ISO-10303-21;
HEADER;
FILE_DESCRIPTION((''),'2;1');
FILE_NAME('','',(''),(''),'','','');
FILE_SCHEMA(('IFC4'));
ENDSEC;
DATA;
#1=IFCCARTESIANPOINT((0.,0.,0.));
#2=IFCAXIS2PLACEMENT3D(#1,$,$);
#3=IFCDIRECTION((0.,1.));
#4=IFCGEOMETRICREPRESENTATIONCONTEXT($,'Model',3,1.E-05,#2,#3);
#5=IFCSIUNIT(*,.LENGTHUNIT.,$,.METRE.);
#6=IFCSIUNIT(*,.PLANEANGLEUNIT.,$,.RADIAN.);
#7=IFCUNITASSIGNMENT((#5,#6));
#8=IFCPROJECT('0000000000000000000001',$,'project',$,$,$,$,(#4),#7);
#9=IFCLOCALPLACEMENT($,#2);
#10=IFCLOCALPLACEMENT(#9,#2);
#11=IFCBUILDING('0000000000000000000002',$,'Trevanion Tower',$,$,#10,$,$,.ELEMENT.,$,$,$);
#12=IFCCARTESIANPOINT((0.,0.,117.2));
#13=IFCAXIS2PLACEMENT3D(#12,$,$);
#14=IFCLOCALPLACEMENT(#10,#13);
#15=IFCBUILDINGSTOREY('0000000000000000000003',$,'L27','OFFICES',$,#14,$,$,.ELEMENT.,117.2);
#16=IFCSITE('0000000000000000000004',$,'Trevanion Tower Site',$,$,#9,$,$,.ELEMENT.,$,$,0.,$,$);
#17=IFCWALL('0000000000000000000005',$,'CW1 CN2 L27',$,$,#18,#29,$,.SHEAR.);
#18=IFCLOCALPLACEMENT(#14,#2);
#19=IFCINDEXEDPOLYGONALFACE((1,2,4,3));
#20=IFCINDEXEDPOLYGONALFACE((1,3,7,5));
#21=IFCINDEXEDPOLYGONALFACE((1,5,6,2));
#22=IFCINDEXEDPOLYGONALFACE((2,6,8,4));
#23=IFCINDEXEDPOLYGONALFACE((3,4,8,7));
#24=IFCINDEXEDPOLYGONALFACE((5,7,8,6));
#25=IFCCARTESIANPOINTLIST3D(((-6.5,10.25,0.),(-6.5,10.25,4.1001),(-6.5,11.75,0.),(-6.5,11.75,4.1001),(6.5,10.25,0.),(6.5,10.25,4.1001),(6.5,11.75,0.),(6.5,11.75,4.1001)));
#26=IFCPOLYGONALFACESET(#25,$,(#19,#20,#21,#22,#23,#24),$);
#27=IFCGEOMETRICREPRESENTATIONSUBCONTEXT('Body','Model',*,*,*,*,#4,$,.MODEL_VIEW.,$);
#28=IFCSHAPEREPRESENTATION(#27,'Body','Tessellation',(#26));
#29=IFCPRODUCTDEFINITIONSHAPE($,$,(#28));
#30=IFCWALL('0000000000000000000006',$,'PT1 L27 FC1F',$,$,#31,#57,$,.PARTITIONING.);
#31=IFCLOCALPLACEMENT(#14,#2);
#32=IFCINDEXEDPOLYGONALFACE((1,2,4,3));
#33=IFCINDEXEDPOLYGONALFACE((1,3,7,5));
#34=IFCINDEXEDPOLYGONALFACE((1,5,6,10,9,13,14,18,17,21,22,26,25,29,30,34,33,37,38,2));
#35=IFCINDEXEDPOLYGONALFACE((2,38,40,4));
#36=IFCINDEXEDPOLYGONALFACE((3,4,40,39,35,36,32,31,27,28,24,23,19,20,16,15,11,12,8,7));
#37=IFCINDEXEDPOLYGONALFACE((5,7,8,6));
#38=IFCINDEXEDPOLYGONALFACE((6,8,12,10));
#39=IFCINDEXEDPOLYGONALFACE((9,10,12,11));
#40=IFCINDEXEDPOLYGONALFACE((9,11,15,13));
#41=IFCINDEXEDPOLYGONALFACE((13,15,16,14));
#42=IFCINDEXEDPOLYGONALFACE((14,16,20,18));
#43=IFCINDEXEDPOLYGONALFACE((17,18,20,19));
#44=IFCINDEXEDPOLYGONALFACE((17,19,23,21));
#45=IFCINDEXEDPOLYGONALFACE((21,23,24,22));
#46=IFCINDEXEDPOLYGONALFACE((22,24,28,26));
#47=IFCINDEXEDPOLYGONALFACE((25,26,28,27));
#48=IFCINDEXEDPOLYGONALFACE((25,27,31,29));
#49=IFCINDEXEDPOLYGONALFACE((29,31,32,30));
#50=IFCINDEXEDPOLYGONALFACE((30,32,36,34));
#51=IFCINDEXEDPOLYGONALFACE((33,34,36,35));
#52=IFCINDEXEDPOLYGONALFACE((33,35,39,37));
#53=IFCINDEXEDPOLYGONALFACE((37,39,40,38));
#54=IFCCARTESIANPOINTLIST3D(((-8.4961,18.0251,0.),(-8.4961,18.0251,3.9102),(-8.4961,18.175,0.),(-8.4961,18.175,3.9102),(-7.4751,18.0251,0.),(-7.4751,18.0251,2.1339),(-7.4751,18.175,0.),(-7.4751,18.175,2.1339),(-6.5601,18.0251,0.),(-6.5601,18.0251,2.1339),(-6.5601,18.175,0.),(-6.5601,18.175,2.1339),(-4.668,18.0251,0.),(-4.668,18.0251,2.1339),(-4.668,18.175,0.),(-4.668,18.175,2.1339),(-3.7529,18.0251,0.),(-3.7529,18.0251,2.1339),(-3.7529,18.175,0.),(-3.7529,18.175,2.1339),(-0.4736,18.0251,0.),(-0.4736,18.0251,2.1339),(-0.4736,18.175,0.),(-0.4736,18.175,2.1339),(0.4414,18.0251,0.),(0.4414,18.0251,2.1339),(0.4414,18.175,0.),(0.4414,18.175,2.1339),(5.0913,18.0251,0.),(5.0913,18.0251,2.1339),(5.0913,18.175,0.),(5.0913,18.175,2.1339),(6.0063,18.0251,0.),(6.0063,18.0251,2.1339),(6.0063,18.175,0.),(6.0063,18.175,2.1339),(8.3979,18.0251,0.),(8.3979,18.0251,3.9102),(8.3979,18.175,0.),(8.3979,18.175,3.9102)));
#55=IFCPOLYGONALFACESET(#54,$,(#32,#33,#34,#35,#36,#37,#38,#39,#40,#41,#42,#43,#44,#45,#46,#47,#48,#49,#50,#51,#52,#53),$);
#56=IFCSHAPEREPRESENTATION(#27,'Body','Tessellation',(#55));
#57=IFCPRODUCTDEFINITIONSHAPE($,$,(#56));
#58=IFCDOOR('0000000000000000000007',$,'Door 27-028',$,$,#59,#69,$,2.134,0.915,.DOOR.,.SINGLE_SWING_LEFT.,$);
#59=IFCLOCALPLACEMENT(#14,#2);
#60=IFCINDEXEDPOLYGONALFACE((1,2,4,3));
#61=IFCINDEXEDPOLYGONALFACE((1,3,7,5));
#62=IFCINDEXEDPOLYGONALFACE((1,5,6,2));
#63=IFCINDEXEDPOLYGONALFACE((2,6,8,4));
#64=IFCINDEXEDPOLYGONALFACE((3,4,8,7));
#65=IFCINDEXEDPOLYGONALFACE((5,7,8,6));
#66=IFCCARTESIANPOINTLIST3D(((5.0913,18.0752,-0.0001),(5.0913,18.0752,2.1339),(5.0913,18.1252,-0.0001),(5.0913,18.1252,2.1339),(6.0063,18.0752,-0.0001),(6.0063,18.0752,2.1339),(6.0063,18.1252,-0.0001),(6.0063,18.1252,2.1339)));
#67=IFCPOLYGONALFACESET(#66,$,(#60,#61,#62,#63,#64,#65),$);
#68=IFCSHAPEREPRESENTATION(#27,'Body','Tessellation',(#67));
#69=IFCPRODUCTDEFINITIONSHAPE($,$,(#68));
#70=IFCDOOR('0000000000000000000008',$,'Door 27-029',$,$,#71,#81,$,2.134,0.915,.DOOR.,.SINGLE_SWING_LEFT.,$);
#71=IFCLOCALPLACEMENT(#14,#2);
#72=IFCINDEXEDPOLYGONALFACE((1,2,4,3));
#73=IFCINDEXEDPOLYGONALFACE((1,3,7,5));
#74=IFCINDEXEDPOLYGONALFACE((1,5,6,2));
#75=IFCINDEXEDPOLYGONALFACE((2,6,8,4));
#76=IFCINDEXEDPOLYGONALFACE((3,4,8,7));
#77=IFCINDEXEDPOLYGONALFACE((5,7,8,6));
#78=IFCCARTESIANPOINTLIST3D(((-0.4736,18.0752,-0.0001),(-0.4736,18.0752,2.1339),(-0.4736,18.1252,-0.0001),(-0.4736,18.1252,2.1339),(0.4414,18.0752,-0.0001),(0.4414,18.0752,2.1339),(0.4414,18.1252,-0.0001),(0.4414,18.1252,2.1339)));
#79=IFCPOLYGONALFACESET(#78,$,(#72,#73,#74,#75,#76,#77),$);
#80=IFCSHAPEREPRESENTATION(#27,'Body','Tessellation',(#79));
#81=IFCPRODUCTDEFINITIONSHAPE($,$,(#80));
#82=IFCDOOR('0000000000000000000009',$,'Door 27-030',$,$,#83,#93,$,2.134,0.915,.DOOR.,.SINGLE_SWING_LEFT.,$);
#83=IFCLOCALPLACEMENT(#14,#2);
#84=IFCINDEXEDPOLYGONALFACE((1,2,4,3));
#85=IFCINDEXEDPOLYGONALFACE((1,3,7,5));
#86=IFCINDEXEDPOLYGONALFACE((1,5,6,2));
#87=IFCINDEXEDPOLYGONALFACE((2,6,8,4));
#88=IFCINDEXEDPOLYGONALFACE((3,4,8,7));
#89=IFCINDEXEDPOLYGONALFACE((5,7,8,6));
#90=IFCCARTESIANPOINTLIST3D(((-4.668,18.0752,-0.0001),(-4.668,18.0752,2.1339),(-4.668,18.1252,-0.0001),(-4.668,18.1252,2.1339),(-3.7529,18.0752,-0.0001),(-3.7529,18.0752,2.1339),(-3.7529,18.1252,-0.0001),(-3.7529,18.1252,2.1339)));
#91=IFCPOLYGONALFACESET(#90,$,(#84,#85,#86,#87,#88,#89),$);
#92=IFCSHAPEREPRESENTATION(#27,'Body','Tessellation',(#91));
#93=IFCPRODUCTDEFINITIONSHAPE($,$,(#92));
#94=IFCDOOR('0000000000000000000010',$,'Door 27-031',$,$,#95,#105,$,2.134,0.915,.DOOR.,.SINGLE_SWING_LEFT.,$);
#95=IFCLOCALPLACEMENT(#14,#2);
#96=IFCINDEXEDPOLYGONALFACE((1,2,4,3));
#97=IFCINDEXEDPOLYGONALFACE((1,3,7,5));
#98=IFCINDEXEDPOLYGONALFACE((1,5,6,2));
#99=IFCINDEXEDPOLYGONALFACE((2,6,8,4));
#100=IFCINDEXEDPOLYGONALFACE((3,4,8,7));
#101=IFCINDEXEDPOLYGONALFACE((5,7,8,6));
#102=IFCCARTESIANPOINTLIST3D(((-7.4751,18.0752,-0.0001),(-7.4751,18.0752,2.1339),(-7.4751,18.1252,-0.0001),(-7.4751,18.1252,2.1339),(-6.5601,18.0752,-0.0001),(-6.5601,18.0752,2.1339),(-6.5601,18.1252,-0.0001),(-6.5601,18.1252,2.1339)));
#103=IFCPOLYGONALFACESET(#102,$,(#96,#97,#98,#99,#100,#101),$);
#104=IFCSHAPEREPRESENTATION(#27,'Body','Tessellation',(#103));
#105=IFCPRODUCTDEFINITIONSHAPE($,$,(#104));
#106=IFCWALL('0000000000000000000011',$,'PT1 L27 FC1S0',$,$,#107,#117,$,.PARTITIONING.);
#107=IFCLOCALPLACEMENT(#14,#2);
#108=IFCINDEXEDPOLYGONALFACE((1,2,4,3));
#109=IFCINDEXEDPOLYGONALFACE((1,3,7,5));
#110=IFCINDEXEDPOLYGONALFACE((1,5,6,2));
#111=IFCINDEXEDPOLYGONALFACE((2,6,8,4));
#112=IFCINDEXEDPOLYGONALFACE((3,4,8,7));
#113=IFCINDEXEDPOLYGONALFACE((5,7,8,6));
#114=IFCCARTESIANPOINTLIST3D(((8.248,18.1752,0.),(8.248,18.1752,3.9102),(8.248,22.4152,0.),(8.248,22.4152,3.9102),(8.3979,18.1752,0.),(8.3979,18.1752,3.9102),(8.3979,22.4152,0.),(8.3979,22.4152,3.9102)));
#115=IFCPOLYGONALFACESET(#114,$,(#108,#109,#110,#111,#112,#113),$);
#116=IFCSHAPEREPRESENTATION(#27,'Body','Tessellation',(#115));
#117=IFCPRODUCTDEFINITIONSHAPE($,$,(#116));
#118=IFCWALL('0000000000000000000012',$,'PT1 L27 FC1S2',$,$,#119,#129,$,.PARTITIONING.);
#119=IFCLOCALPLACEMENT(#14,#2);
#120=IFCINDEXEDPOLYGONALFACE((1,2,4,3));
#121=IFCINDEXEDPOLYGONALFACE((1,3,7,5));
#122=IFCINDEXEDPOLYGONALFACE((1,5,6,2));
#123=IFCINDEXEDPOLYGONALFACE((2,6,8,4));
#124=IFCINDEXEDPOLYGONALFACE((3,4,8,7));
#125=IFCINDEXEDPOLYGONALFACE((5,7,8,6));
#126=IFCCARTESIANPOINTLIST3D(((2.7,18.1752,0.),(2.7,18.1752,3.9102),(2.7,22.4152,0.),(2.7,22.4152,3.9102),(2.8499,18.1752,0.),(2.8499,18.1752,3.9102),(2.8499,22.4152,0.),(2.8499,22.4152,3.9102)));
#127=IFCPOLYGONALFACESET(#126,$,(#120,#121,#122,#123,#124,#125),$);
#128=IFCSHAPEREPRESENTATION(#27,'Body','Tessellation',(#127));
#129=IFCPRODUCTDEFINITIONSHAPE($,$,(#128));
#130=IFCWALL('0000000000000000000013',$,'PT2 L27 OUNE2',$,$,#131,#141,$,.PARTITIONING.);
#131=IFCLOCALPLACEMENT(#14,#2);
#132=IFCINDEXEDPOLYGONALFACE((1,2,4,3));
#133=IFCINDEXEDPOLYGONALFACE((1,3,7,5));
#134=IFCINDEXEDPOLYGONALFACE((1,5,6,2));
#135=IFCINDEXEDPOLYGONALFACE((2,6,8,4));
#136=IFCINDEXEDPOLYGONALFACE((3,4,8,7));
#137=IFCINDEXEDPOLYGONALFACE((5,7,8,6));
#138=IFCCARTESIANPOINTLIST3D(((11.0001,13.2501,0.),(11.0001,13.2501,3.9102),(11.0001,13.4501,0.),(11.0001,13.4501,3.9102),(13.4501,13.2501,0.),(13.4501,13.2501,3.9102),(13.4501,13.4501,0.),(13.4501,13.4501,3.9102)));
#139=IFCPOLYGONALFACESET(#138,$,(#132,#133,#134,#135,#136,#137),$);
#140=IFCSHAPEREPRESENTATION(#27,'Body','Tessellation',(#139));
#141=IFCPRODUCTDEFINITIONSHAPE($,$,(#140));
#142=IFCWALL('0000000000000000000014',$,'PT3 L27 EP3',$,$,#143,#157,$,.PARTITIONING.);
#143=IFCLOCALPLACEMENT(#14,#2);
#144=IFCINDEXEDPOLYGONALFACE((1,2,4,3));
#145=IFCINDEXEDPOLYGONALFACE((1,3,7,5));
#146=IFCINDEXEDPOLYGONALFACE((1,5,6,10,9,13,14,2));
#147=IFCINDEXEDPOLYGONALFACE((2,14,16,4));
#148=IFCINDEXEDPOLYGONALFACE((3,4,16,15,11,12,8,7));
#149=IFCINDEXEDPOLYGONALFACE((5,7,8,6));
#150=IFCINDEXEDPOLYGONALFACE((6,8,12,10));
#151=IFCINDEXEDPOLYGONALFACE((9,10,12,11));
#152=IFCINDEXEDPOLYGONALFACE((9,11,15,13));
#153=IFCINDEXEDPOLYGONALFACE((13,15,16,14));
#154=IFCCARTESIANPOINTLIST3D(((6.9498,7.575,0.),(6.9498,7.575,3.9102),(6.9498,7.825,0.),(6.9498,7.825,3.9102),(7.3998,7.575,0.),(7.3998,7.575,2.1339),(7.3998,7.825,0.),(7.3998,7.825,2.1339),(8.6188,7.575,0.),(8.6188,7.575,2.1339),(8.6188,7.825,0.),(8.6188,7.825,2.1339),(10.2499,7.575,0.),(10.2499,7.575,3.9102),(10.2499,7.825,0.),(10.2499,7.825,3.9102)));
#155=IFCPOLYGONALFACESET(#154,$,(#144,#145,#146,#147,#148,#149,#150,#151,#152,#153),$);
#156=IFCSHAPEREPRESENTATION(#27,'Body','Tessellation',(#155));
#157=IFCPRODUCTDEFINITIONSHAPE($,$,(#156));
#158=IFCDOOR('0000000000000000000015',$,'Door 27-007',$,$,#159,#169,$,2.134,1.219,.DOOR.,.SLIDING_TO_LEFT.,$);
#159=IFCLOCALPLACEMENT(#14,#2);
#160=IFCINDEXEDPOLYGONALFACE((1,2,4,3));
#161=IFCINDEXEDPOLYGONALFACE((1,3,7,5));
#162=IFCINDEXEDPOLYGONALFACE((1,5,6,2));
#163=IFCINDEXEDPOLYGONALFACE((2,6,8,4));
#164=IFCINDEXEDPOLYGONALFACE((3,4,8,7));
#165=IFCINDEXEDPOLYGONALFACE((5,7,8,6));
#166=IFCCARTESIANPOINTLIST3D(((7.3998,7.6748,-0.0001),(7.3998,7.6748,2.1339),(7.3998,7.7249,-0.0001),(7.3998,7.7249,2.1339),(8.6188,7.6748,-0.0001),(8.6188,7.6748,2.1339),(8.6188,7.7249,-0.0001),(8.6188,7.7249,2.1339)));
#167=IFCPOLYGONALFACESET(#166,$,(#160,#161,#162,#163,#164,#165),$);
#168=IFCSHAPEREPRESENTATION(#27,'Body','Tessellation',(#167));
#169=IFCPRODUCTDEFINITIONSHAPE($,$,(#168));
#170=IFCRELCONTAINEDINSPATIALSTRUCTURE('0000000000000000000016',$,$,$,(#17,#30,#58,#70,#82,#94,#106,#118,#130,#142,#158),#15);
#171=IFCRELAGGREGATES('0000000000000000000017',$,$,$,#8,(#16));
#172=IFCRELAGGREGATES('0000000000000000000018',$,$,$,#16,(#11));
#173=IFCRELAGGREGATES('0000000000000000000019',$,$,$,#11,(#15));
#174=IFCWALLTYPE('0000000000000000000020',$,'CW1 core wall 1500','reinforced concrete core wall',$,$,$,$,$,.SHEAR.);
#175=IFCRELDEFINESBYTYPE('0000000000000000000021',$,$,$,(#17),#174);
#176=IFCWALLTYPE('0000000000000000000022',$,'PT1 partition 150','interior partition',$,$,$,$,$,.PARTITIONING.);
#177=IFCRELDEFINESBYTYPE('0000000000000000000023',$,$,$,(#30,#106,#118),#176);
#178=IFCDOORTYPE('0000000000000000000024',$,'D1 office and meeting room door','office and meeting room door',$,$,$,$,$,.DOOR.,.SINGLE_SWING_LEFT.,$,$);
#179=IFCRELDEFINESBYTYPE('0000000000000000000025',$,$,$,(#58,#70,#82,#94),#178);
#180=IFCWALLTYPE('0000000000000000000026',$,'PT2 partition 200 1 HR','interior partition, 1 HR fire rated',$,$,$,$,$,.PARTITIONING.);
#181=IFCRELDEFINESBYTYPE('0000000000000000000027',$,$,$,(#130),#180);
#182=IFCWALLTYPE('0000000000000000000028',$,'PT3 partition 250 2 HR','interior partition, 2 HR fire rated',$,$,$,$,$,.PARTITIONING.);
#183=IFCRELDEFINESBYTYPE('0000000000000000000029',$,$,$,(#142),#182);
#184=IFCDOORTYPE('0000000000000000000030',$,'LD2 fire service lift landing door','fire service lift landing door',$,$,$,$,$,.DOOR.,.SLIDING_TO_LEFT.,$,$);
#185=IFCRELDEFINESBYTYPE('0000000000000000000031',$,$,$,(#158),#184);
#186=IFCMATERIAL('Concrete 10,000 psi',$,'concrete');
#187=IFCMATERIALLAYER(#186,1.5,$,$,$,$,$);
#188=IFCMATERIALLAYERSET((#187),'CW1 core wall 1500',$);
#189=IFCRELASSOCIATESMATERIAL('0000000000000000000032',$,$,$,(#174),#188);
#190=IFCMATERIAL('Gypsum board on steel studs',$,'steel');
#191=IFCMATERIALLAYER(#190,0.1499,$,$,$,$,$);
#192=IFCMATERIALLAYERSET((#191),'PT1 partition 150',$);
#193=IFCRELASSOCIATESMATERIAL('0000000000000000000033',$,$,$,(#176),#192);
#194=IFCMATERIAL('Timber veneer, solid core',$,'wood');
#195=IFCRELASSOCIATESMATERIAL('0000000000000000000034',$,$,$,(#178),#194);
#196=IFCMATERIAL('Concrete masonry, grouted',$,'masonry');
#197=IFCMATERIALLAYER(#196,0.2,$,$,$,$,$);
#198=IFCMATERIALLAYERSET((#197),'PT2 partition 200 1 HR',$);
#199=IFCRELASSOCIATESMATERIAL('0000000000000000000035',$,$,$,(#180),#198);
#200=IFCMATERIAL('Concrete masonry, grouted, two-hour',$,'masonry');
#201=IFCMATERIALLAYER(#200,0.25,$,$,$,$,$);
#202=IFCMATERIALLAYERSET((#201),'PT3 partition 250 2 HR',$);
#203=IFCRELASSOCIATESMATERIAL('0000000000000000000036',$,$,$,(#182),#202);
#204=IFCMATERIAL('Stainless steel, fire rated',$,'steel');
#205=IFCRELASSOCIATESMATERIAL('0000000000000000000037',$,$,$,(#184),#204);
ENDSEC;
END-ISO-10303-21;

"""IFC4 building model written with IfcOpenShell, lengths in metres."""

from ifc_helpers import new_model, si_unit, direction, frame, frame_2d, origin, place, context, subcontext, project, spatial, rectangle, extrude, material, layer, layer_set, type_object, element, fill, save


model = new_model("IFC4")

# Units and contexts
model_context = context("Model", 3, precision=1e-05, world=origin(), true_north=direction((0.0, 1.0)))
body_context = subcontext(model_context, "Body", "Model", "MODEL_VIEW")
ifc_project = project(units=[si_unit("LENGTHUNIT", "METRE"), si_unit("PLANEANGLEUNIT", "RADIAN")], contexts=[model_context])

# Site, building, storey
site_placement = place(None, origin())
site = spatial("IfcSite", under=ifc_project, at=site_placement, Name="Trevanion Tower Site", CompositionType="ELEMENT", RefElevation=0.0)
building_placement = place(site_placement, origin())
building = spatial("IfcBuilding", under=site, at=building_placement, Name="Trevanion Tower", CompositionType="ELEMENT")
storey_placement = place(building_placement, frame((0.0, 0.0, 117.2)))
storey = spatial("IfcBuildingStorey", under=building, at=storey_placement, Name="L27", Description="OFFICES", CompositionType="ELEMENT", Elevation=117.2)

# Wall
ifc_material_1 = material(Name="Concrete 10,000 psi", Category="concrete")
ifc_layer_1 = layer(ifc_material_1, 1.5)
ifc_layer_set_1 = layer_set([ifc_layer_1], Name="CW1 core wall 1500")
wall_type_1 = type_object("IfcWallType", Name="CW1 core wall 1500", Description="reinforced concrete core wall", PredefinedType="SHEAR", material=ifc_layer_set_1)
wall_1_placement = place(storey_placement, frame((6.5, 11.0, 0.0), z_axis=(0.0, 0.0, 1.0), x_axis=(-1.0, 0.0, 0.0)))
element("IfcWall", 1, at=wall_1_placement, inside=storey, type_object=wall_type_1, Name="CW1 CN2 L27", PredefinedType="SHEAR", context=body_context, shape_type="SweptSolid", body=[
    extrude(rectangle(XDim=13.0, YDim=1.5, at=frame_2d((6.5, 0.0))), origin(), (0.0, 0.0, 1.0), 4.1001),
])

# Wall, openings, doors
ifc_material_2 = material(Name="Gypsum board on steel studs", Category="steel")
ifc_layer_2 = layer(ifc_material_2, 0.1499)
ifc_layer_set_2 = layer_set([ifc_layer_2], Name="PT1 partition 150")
wall_type_2 = type_object("IfcWallType", Name="PT1 partition 150", Description="interior partition", PredefinedType="PARTITIONING", material=ifc_layer_set_2)
wall_2_placement = place(storey_placement, frame((8.3979, 18.1001, 0.0), z_axis=(0.0, 0.0, 1.0), x_axis=(-1.0, 0.0, 0.0)))
wall_2 = element("IfcWall", 2, at=wall_2_placement, inside=storey, type_object=wall_type_2, Name="PT1 L27 FC1F", PredefinedType="PARTITIONING", context=body_context, shape_type="SweptSolid", body=[
    extrude(rectangle(XDim=16.894, YDim=0.1499, at=frame_2d((8.447, 0.0))), origin(), (0.0, 0.0, 1.0), 3.9102),
])
opening_1_placement = place(wall_2_placement, frame((2.3916, 0.0, 0.0)))
opening_1 = element("IfcOpeningElement", 3, at=opening_1_placement, cuts=wall_2, PredefinedType="OPENING", context=body_context, shape_type="SweptSolid", body=[
    extrude(rectangle(XDim=0.915, YDim=2.134, at=frame_2d((0.4575, 1.0669))), frame((0.0, 0.085, 0.0), z_axis=(0.0, -1.0, 0.0), x_axis=(1.0, 0.0, 0.0)), (0.0, 0.0, 1.0), 0.1699),
])
opening_2_placement = place(wall_2_placement, frame((7.9565, 0.0, 0.0)))
opening_2 = element("IfcOpeningElement", 4, at=opening_2_placement, cuts=wall_2, PredefinedType="OPENING", context=body_context, shape_type="SweptSolid", body=[
    extrude(rectangle(XDim=0.915, YDim=2.134, at=frame_2d((0.4575, 1.0669))), frame((0.0, 0.085, 0.0), z_axis=(0.0, -1.0, 0.0), x_axis=(1.0, 0.0, 0.0)), (0.0, 0.0, 1.0), 0.1699),
])
opening_3_placement = place(wall_2_placement, frame((12.1509, 0.0, 0.0)))
opening_3 = element("IfcOpeningElement", 5, at=opening_3_placement, cuts=wall_2, PredefinedType="OPENING", context=body_context, shape_type="SweptSolid", body=[
    extrude(rectangle(XDim=0.915, YDim=2.134, at=frame_2d((0.4575, 1.0669))), frame((0.0, 0.085, 0.0), z_axis=(0.0, -1.0, 0.0), x_axis=(1.0, 0.0, 0.0)), (0.0, 0.0, 1.0), 0.1699),
])
opening_4_placement = place(wall_2_placement, frame((14.958, 0.0, 0.0)))
opening_4 = element("IfcOpeningElement", 6, at=opening_4_placement, cuts=wall_2, PredefinedType="OPENING", context=body_context, shape_type="SweptSolid", body=[
    extrude(rectangle(XDim=0.915, YDim=2.134, at=frame_2d((0.4575, 1.0669))), frame((0.0, 0.085, 0.0), z_axis=(0.0, -1.0, 0.0), x_axis=(1.0, 0.0, 0.0)), (0.0, 0.0, 1.0), 0.1699),
])
ifc_material_3 = material(Name="Timber veneer, solid core", Category="wood")
door_type_1 = type_object("IfcDoorType", Name="D1 office and meeting room door", Description="office and meeting room door", OperationType="SINGLE_SWING_LEFT", PredefinedType="DOOR", material=ifc_material_3)
door_1_placement = place(opening_1_placement, origin())
door_1 = element("IfcDoor", 7, at=door_1_placement, inside=storey, type_object=door_type_1, Name="Door 27-028", OperationType="SINGLE_SWING_LEFT", OverallHeight=2.134, OverallWidth=0.915, PredefinedType="DOOR", context=body_context, shape_type="SweptSolid", body=[
    extrude(rectangle(XDim=0.915, YDim=2.134, at=frame_2d((0.4575, 1.0669))), frame((0.0, 0.0249, 0.0), z_axis=(0.0, -1.0, 0.0), x_axis=(1.0, 0.0, 0.0)), (0.0, 0.0, 1.0), 0.05),
])
fill(opening_1, door_1)
door_2_placement = place(opening_2_placement, origin())
door_2 = element("IfcDoor", 8, at=door_2_placement, inside=storey, type_object=door_type_1, Name="Door 27-029", OperationType="SINGLE_SWING_LEFT", OverallHeight=2.134, OverallWidth=0.915, PredefinedType="DOOR", context=body_context, shape_type="SweptSolid", body=[
    extrude(rectangle(XDim=0.915, YDim=2.134, at=frame_2d((0.4575, 1.0669))), frame((0.0, 0.0249, 0.0), z_axis=(0.0, -1.0, 0.0), x_axis=(1.0, 0.0, 0.0)), (0.0, 0.0, 1.0), 0.05),
])
fill(opening_2, door_2)
door_3_placement = place(opening_3_placement, origin())
door_3 = element("IfcDoor", 9, at=door_3_placement, inside=storey, type_object=door_type_1, Name="Door 27-030", OperationType="SINGLE_SWING_LEFT", OverallHeight=2.134, OverallWidth=0.915, PredefinedType="DOOR", context=body_context, shape_type="SweptSolid", body=[
    extrude(rectangle(XDim=0.915, YDim=2.134, at=frame_2d((0.4575, 1.0669))), frame((0.0, 0.0249, 0.0), z_axis=(0.0, -1.0, 0.0), x_axis=(1.0, 0.0, 0.0)), (0.0, 0.0, 1.0), 0.05),
])
fill(opening_3, door_3)
door_4_placement = place(opening_4_placement, origin())
door_4 = element("IfcDoor", 10, at=door_4_placement, inside=storey, type_object=door_type_1, Name="Door 27-031", OperationType="SINGLE_SWING_LEFT", OverallHeight=2.134, OverallWidth=0.915, PredefinedType="DOOR", context=body_context, shape_type="SweptSolid", body=[
    extrude(rectangle(XDim=0.915, YDim=2.134, at=frame_2d((0.4575, 1.0669))), frame((0.0, 0.0249, 0.0), z_axis=(0.0, -1.0, 0.0), x_axis=(1.0, 0.0, 0.0)), (0.0, 0.0, 1.0), 0.05),
])
fill(opening_4, door_4)

# Walls
for number, where, z_axis, x_axis, name in (
    (11, (8.323, 18.175, 0.0), (0.0, 0.0, 1.0), (0.0, 1.0, 0.0), "PT1 L27 FC1S0"),
    (12, (2.7749, 18.175, 0.0), (0.0, 0.0, 1.0), (0.0, 1.0, 0.0), "PT1 L27 FC1S2"),
):
    element("IfcWall", number, at=place(storey_placement, frame(where, z_axis=z_axis, x_axis=x_axis)), inside=storey, type_object=wall_type_2, Name=name, PredefinedType="PARTITIONING", context=body_context, shape_type="SweptSolid", body=[
        extrude(rectangle(XDim=4.24, YDim=0.1499, at=frame_2d((2.1201, 0.0))), origin(), (0.0, 0.0, 1.0), 3.9102),
    ])
ifc_material_4 = material(Name="Concrete masonry, grouted", Category="masonry")
ifc_layer_3 = layer(ifc_material_4, 0.2)
ifc_layer_set_3 = layer_set([ifc_layer_3], Name="PT2 partition 200 1 HR")
wall_type_3 = type_object("IfcWallType", Name="PT2 partition 200 1 HR", Description="interior partition, 1 HR fire rated", PredefinedType="PARTITIONING", material=ifc_layer_set_3)
wall_3_placement = place(storey_placement, frame((11.0, 13.3501, 0.0), z_axis=(0.0, 0.0, 1.0), x_axis=(1.0, 0.0, 0.0)))
element("IfcWall", 13, at=wall_3_placement, inside=storey, type_object=wall_type_3, Name="PT2 L27 OUNE2", PredefinedType="PARTITIONING", context=body_context, shape_type="SweptSolid", body=[
    extrude(rectangle(XDim=2.45, YDim=0.2, at=frame_2d((1.2251, 0.0))), origin(), (0.0, 0.0, 1.0), 3.9102),
])

# Wall, opening, door
ifc_material_5 = material(Name="Concrete masonry, grouted, two-hour", Category="masonry")
ifc_layer_4 = layer(ifc_material_5, 0.25)
ifc_layer_set_4 = layer_set([ifc_layer_4], Name="PT3 partition 250 2 HR")
wall_type_4 = type_object("IfcWallType", Name="PT3 partition 250 2 HR", Description="interior partition, 2 HR fire rated", PredefinedType="PARTITIONING", material=ifc_layer_set_4)
wall_4_placement = place(storey_placement, frame((6.95, 7.7, 0.0), z_axis=(0.0, 0.0, 1.0), x_axis=(1.0, 0.0, 0.0)))
wall_4 = element("IfcWall", 14, at=wall_4_placement, inside=storey, type_object=wall_type_4, Name="PT3 L27 EP3", PredefinedType="PARTITIONING", context=body_context, shape_type="SweptSolid", body=[
    extrude(rectangle(XDim=3.3, YDim=0.25, at=frame_2d((1.6499, 0.0))), origin(), (0.0, 0.0, 1.0), 3.9102),
])
opening_5_placement = place(wall_4_placement, frame((0.45, 0.0, 0.0)))
opening_5 = element("IfcOpeningElement", 15, at=opening_5_placement, cuts=wall_4, PredefinedType="OPENING", context=body_context, shape_type="SweptSolid", body=[
    extrude(rectangle(XDim=1.219, YDim=2.134, at=frame_2d((0.6094, 1.0669))), frame((0.0, 0.135, 0.0), z_axis=(0.0, -1.0, 0.0), x_axis=(1.0, 0.0, 0.0)), (0.0, 0.0, 1.0), 0.27),
])
ifc_material_6 = material(Name="Stainless steel, fire rated", Category="steel")
door_type_2 = type_object("IfcDoorType", Name="LD2 fire service lift landing door", Description="fire service lift landing door", OperationType="SLIDING_TO_LEFT", PredefinedType="DOOR", material=ifc_material_6)
door_5_placement = place(opening_5_placement, origin())
door_5 = element("IfcDoor", 16, at=door_5_placement, inside=storey, type_object=door_type_2, Name="Door 27-007", OperationType="SLIDING_TO_LEFT", OverallHeight=2.134, OverallWidth=1.219, PredefinedType="DOOR", context=body_context, shape_type="SweptSolid", body=[
    extrude(rectangle(XDim=1.219, YDim=2.134, at=frame_2d((0.6094, 1.0669))), frame((0.0, 0.0249, 0.0), z_axis=(0.0, -1.0, 0.0), x_axis=(1.0, 0.0, 0.0)), (0.0, 0.0, 1.0), 0.05),
])
fill(opening_5, door_5)

save(model, "model.ifc")
